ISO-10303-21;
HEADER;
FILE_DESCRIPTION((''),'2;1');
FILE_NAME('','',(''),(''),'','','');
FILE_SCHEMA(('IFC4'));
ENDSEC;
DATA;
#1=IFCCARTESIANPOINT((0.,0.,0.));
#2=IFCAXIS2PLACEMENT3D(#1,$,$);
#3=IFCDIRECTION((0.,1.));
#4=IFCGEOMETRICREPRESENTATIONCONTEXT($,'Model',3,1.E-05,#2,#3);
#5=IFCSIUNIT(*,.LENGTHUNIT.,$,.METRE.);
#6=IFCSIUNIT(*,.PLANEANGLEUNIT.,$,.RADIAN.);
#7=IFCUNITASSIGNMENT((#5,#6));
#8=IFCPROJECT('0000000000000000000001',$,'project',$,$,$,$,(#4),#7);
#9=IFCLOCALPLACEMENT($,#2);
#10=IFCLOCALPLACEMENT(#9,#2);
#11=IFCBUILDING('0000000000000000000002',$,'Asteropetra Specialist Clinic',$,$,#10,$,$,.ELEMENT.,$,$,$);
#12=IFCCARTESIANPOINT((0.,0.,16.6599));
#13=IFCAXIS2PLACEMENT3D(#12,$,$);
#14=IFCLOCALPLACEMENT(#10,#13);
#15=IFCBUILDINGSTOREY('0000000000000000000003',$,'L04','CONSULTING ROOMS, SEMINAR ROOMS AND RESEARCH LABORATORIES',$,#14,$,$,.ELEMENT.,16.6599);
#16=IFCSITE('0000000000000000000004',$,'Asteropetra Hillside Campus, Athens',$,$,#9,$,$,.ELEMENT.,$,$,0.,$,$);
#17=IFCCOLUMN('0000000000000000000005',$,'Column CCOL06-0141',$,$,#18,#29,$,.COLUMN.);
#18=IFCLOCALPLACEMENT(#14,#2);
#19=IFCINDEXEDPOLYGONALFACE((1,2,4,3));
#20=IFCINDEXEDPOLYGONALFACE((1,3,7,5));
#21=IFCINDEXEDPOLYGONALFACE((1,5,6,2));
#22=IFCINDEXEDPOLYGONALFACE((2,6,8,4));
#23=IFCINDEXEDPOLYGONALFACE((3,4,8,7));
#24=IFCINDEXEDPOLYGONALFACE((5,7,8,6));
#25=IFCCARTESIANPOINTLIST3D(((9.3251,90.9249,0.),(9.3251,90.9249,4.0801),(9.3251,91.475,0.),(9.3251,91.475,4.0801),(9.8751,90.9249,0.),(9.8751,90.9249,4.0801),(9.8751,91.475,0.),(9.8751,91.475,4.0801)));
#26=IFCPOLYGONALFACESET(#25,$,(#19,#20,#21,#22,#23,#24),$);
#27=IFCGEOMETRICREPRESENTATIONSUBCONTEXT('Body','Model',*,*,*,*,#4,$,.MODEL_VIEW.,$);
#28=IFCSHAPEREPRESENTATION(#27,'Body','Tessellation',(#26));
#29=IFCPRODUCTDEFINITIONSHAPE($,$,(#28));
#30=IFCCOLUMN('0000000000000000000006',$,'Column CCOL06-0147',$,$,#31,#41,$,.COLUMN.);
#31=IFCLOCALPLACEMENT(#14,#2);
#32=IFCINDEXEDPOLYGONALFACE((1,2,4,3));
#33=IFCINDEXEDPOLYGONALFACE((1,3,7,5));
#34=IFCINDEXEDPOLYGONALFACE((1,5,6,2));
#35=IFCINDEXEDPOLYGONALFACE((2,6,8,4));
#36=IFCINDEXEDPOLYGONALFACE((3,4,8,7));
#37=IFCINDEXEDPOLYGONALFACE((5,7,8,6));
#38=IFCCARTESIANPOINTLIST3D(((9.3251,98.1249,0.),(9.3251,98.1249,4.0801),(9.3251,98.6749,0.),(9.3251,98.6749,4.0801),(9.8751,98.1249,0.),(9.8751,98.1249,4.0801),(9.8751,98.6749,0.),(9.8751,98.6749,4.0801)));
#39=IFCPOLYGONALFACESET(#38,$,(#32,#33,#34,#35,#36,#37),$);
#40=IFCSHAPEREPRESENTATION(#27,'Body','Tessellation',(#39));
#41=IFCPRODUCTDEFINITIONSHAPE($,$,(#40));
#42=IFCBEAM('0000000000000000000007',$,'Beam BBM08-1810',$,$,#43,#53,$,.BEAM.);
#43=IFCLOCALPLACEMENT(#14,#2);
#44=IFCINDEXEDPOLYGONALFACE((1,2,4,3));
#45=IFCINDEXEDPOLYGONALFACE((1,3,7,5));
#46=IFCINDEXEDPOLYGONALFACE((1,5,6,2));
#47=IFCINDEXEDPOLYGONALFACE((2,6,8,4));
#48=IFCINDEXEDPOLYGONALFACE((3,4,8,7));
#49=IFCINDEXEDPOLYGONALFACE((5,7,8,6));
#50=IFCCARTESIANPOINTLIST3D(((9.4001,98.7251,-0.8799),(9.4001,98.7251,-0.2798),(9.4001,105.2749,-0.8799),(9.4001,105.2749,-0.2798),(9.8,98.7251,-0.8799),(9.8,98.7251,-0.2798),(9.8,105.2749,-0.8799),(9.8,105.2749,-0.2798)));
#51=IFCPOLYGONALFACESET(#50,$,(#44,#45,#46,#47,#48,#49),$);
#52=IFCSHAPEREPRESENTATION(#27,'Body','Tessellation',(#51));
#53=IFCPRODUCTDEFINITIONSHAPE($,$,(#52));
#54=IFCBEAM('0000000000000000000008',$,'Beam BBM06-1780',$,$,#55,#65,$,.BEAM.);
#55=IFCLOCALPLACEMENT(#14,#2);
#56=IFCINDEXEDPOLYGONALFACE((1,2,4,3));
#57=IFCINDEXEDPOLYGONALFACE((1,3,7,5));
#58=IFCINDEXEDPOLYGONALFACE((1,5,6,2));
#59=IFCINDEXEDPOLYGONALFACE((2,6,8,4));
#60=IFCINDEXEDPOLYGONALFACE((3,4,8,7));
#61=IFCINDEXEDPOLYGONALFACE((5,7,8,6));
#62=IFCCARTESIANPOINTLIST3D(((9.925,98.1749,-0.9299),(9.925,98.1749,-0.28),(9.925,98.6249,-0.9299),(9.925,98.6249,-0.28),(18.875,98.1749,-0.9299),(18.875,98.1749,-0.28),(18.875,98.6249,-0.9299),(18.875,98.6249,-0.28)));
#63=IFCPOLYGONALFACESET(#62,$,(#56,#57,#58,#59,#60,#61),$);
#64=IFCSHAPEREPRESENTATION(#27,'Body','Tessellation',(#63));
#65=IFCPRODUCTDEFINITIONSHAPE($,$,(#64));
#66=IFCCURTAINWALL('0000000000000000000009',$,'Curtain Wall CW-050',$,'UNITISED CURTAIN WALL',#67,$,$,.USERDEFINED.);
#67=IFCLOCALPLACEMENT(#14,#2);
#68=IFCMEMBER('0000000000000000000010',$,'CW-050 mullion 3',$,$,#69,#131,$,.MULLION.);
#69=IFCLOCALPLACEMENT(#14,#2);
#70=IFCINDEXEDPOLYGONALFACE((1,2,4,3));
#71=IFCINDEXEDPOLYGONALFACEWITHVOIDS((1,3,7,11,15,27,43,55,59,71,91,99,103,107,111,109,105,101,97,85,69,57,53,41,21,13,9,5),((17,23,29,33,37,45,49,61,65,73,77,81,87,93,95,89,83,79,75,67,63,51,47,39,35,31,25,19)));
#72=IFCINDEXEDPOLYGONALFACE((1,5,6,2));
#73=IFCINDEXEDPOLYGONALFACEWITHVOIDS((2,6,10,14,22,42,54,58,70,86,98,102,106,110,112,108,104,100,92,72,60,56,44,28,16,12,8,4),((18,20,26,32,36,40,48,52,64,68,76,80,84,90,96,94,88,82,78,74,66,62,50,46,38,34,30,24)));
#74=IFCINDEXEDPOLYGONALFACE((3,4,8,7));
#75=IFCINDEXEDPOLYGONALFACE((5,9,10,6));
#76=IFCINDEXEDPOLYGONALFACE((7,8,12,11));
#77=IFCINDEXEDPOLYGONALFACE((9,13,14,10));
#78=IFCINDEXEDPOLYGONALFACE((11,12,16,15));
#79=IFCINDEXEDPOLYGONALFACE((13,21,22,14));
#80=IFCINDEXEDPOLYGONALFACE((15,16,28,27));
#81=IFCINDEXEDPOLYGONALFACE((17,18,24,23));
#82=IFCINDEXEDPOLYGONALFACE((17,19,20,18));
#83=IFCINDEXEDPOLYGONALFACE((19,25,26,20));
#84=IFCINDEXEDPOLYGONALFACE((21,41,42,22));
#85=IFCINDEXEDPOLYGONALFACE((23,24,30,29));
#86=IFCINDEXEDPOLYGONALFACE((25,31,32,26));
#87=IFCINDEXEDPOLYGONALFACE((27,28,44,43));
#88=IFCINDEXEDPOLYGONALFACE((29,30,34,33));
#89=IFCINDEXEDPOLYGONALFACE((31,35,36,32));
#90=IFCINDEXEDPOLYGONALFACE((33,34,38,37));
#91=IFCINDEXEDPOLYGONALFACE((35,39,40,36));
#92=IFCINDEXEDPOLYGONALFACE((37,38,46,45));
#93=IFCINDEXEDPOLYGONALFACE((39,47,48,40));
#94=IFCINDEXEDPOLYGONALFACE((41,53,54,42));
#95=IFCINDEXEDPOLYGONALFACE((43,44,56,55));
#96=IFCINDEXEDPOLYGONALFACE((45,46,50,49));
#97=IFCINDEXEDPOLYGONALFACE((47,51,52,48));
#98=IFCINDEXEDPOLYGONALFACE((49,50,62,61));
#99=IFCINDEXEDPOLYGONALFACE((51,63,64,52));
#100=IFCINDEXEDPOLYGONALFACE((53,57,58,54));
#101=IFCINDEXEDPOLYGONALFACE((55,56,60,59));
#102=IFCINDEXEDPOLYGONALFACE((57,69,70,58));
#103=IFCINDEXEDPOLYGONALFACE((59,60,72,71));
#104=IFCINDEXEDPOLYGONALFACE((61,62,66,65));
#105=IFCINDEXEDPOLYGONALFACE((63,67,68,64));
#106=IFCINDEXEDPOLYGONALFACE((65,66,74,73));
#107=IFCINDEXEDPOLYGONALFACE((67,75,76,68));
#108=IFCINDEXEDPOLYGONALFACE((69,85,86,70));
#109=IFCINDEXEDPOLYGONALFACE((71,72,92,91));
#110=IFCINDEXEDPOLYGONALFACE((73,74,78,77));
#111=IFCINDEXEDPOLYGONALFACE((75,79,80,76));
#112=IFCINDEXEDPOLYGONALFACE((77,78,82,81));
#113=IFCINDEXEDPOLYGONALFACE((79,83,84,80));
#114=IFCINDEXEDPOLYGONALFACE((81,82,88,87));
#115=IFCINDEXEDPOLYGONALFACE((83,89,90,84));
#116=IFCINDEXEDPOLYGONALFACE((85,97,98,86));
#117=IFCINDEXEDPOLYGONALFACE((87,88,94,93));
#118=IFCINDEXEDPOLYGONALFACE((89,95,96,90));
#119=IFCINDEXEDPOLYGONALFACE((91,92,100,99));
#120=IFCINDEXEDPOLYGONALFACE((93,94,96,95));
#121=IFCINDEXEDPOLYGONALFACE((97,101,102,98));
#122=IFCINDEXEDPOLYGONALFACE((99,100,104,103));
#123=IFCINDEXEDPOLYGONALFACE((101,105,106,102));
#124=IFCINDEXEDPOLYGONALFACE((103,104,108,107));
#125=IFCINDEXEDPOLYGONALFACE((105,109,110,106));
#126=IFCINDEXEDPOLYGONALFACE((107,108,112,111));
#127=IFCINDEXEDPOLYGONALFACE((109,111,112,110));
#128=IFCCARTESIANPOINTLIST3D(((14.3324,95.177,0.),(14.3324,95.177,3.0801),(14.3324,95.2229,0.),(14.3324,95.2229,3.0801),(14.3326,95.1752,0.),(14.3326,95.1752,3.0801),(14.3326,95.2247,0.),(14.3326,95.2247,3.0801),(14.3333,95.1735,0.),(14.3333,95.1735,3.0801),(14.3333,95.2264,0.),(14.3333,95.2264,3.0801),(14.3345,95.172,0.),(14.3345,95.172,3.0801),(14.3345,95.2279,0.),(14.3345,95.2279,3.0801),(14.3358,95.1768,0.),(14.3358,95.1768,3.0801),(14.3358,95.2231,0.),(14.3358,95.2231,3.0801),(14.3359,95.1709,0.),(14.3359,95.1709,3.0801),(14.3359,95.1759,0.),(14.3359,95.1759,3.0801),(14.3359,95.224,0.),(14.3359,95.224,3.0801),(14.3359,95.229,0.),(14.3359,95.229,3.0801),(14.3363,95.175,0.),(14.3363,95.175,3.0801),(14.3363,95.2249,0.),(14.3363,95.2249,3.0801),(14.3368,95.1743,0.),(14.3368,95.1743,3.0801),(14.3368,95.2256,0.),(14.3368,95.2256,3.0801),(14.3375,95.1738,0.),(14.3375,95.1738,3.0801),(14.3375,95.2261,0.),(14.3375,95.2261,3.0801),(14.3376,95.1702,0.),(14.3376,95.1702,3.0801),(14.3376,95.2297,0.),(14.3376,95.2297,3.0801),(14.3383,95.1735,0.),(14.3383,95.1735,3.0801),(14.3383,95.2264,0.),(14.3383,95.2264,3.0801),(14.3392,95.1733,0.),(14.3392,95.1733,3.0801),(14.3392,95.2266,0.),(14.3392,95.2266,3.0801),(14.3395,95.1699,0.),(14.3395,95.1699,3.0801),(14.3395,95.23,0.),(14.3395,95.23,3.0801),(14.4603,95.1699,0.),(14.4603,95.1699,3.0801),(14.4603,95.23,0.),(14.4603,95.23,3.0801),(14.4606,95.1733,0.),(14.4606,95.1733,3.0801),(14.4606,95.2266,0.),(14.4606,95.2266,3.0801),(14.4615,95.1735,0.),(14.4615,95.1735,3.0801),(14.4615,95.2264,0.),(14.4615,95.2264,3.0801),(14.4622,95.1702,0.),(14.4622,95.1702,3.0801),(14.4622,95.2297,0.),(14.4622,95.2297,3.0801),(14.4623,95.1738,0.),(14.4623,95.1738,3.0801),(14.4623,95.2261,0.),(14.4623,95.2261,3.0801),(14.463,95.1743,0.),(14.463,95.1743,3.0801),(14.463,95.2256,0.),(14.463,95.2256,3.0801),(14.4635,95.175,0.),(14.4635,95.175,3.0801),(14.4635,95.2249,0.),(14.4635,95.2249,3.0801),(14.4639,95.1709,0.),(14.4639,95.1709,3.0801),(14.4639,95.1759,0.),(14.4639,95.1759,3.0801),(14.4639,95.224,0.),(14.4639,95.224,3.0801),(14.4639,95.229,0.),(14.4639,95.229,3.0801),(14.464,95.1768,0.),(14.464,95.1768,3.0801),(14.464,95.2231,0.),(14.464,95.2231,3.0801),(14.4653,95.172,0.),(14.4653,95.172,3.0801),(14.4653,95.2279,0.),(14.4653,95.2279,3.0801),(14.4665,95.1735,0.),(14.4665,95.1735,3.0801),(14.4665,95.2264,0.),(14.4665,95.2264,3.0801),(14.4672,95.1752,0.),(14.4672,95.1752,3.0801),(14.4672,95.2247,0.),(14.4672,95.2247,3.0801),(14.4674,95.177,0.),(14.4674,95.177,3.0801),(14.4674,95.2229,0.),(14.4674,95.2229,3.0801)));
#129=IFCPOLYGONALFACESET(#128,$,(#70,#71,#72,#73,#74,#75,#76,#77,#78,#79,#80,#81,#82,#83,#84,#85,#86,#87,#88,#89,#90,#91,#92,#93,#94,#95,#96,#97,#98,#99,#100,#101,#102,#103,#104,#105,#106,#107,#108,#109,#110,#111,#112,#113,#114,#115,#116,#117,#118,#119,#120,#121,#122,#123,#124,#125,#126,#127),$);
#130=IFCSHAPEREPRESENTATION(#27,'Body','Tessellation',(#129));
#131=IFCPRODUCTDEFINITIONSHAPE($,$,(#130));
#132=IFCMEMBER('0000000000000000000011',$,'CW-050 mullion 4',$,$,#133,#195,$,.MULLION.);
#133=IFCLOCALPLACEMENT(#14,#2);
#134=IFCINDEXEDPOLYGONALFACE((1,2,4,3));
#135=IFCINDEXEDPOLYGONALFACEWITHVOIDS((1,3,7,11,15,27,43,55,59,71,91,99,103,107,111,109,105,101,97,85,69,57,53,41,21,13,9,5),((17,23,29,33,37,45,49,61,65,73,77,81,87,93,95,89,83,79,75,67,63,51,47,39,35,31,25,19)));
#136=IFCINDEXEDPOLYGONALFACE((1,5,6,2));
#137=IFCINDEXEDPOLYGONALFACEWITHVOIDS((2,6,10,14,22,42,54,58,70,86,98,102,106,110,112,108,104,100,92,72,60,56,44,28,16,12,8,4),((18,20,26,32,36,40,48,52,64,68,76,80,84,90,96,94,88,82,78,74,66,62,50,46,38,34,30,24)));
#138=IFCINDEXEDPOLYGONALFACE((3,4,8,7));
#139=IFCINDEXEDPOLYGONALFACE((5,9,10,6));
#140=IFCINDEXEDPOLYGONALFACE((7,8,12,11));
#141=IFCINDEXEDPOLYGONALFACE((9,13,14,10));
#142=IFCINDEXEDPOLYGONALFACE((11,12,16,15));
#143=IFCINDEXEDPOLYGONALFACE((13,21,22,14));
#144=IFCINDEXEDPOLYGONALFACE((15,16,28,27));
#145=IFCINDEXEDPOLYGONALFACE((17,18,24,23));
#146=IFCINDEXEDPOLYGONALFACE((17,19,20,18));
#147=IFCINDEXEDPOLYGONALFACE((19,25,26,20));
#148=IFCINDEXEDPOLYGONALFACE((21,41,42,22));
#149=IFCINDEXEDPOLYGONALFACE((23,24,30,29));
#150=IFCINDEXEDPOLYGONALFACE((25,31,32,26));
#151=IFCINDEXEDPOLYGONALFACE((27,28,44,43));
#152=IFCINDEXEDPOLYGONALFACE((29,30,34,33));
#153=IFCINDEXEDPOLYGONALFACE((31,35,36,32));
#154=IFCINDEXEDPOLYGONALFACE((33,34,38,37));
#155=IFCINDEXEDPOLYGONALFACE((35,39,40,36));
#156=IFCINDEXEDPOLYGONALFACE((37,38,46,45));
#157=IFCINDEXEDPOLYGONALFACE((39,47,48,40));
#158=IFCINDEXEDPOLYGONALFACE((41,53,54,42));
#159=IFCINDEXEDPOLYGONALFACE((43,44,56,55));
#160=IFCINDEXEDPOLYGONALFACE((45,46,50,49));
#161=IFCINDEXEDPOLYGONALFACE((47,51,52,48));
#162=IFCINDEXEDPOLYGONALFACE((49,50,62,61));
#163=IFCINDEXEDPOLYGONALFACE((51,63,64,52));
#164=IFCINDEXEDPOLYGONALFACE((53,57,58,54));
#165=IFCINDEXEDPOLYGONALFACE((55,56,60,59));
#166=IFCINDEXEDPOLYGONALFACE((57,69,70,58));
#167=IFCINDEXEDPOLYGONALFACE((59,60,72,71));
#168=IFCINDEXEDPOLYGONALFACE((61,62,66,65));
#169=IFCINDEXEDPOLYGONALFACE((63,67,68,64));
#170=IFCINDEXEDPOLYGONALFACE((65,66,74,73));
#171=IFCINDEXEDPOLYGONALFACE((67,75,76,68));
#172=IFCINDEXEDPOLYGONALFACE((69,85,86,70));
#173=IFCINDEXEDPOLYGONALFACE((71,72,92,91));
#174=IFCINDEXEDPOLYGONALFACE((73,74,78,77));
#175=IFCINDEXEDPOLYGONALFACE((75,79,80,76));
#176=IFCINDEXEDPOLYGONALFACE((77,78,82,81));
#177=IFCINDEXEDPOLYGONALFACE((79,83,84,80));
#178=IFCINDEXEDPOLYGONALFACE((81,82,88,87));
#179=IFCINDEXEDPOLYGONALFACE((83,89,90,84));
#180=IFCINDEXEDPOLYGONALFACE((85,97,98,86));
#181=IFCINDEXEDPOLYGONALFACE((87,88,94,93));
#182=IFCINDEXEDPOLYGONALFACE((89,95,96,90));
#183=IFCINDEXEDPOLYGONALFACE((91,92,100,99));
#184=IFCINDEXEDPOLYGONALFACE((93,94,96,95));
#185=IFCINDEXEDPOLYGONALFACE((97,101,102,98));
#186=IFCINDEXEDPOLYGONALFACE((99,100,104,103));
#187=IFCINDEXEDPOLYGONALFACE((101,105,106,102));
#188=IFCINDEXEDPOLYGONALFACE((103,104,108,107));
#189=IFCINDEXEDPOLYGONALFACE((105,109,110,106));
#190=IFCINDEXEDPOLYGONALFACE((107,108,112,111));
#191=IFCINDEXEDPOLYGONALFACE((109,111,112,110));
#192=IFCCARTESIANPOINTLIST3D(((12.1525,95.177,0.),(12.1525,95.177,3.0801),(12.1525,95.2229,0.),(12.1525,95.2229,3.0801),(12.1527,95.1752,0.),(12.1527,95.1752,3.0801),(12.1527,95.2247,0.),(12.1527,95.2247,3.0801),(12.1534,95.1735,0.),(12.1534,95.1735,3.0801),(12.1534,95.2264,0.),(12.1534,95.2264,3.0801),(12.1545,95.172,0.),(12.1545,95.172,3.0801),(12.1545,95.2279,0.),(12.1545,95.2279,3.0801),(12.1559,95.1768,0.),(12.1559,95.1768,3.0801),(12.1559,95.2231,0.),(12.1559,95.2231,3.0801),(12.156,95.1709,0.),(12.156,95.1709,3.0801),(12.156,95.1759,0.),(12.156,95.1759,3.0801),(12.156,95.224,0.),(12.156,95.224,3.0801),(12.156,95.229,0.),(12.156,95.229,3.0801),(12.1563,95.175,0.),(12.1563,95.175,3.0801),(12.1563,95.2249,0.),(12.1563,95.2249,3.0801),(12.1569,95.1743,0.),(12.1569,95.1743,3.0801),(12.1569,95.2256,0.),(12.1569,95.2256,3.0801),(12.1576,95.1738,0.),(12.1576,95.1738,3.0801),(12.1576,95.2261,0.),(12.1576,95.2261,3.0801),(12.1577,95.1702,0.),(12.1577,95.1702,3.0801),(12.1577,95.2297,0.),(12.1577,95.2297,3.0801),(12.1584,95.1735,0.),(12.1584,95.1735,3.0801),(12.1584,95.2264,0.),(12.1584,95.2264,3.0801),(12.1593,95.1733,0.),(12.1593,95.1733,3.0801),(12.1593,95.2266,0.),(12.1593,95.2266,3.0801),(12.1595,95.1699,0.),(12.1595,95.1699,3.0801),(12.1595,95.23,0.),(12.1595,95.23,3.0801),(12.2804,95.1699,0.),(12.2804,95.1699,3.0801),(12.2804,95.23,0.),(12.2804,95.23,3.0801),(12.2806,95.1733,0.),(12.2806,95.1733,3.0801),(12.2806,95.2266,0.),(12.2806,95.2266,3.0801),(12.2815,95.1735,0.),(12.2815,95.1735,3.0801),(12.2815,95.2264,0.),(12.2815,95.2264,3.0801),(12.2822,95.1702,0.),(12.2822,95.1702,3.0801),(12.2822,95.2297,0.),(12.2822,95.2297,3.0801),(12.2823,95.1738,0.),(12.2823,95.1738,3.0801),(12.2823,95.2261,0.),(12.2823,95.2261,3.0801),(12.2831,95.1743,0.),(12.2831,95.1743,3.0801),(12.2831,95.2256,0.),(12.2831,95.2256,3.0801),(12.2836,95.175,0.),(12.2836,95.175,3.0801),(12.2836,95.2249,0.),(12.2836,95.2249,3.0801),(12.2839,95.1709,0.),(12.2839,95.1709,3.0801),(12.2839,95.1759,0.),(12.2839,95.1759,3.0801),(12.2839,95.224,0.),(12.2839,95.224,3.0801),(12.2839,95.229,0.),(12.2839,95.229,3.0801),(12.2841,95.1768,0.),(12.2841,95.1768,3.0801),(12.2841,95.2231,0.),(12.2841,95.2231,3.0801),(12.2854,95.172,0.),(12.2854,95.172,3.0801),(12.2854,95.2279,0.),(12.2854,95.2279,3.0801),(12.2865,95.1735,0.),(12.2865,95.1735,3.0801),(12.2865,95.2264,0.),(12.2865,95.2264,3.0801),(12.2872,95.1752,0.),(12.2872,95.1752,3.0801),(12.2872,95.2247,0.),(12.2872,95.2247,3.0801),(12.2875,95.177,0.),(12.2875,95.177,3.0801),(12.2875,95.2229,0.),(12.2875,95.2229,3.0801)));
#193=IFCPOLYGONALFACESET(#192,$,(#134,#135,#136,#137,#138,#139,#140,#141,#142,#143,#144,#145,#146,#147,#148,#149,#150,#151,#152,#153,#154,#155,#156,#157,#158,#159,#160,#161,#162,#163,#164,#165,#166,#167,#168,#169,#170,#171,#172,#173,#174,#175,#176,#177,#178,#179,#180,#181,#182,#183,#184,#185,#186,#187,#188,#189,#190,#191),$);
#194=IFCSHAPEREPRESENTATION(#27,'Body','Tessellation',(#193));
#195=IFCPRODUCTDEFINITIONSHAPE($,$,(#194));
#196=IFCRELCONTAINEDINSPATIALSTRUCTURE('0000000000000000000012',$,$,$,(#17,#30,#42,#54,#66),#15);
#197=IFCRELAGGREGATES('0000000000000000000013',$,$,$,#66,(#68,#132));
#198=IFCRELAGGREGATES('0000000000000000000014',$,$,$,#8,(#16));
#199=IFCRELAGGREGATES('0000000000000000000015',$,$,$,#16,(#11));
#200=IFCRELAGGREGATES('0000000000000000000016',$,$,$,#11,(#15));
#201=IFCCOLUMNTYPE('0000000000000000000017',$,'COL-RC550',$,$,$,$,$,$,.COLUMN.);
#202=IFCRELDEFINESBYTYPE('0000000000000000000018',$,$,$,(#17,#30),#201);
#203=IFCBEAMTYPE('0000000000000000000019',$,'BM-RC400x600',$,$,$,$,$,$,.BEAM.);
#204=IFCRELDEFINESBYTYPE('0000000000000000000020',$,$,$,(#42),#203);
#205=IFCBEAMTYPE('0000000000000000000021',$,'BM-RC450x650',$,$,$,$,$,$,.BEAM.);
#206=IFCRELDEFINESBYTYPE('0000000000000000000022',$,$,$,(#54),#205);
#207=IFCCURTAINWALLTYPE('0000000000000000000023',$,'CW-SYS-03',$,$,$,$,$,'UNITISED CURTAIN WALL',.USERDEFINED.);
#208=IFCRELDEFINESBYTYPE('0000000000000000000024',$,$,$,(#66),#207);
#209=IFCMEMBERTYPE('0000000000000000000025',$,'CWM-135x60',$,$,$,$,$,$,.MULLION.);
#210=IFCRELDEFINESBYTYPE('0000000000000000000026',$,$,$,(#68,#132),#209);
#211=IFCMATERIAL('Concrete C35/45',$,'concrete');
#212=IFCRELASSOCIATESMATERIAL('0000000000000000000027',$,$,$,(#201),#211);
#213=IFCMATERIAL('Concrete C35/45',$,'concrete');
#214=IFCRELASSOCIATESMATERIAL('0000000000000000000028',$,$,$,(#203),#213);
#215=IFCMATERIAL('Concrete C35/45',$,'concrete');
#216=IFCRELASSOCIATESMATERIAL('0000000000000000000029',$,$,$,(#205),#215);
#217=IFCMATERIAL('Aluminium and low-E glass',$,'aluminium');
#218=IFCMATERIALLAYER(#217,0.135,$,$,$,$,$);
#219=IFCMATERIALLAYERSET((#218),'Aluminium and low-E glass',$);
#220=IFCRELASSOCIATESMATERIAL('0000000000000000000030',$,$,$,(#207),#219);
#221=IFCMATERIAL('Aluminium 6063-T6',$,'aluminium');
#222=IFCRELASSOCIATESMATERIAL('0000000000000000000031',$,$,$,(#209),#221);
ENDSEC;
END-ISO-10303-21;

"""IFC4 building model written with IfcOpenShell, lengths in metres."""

from ifc_helpers import new_model, si_unit, direction, frame, origin, origin_2d, place, context, subcontext, project, spatial, rectangle, hollow_rectangle, extrude, material, layer, layer_set, material_profile, profile_set, type_object, element, aggregate, save


model = new_model("IFC4")

# Units and contexts
model_context = context("Model", 3, precision=1e-05, world=origin(), true_north=direction((0.0, 1.0)))
body_context = subcontext(model_context, "Body", "Model", "MODEL_VIEW")
ifc_project = project(units=[si_unit("LENGTHUNIT", "METRE"), si_unit("PLANEANGLEUNIT", "RADIAN")], contexts=[model_context])

# Site, building, storey
site_placement = place(None, origin())
site = spatial("IfcSite", under=ifc_project, at=site_placement, Name="Asteropetra Hillside Campus, Athens", CompositionType="ELEMENT", RefElevation=0.0)
building_placement = place(site_placement, origin())
building = spatial("IfcBuilding", under=site, at=building_placement, Name="Asteropetra Specialist Clinic", CompositionType="ELEMENT")
storey_placement = place(building_placement, frame((0.0, 0.0, 16.6599)))
storey = spatial("IfcBuildingStorey", under=building, at=storey_placement, Name="L04", Description="CONSULTING ROOMS, SEMINAR ROOMS AND RESEARCH LABORATORIES", CompositionType="ELEMENT", Elevation=16.6599)

# Columns
ifc_material_1 = material(Name="Concrete C35/45", Category="concrete")
ifc_material_profile_1 = material_profile(ifc_material_1, rectangle(XDim=0.55, YDim=0.55, at=origin_2d()), Name="RC 550x550")
ifc_profile_set_1 = profile_set([ifc_material_profile_1], Name="Concrete C35/45")
column_type = type_object("IfcColumnType", Name="COL-RC550", PredefinedType="COLUMN", material=ifc_profile_set_1)
for number, where, z_axis, x_axis, name in (
    (1, (9.6001, 91.2, 0.0), (0.0, 0.0, 1.0), (1.0, 0.0, 0.0), "Column CCOL06-0141"),
    (2, (9.6001, 98.3999, 0.0), (0.0, 0.0, 1.0), (1.0, 0.0, 0.0), "Column CCOL06-0147"),
):
    element("IfcColumn", number, at=place(storey_placement, frame(where, z_axis=z_axis, x_axis=x_axis)), inside=storey, type_object=column_type, Name=name, PredefinedType="COLUMN", context=body_context, shape_type="SweptSolid", body=[
        extrude(rectangle(XDim=0.55, YDim=0.55, at=origin_2d()), origin(), (0.0, 0.0, 1.0), 4.0801),
    ])

# Beams
ifc_material_2 = material(Name="Concrete C35/45", Category="concrete")
ifc_material_profile_2 = material_profile(ifc_material_2, rectangle(XDim=0.3999, YDim=0.6001, at=origin_2d()), Name="RCB 400x600")
ifc_profile_set_2 = profile_set([ifc_material_profile_2], Name="Concrete C35/45")
beam_type_1 = type_object("IfcBeamType", Name="BM-RC400x600", PredefinedType="BEAM", material=ifc_profile_set_2)
beam_1_placement = place(storey_placement, frame((9.6001, 98.7251, -0.5798), z_axis=(0.0, 1.0, 0.0), x_axis=(-1.0, 0.0, 0.0)))
element("IfcBeam", 3, at=beam_1_placement, inside=storey, type_object=beam_type_1, Name="Beam BBM08-1810", PredefinedType="BEAM", context=body_context, shape_type="SweptSolid", body=[
    extrude(rectangle(XDim=0.3999, YDim=0.6001, at=origin_2d()), origin(), (0.0, 0.0, 1.0), 6.5498),
])
ifc_material_3 = material(Name="Concrete C35/45", Category="concrete")
ifc_material_profile_3 = material_profile(ifc_material_3, rectangle(XDim=0.45, YDim=0.6499, at=origin_2d()), Name="RCB 450x650")
ifc_profile_set_3 = profile_set([ifc_material_profile_3], Name="Concrete C35/45")
beam_type_2 = type_object("IfcBeamType", Name="BM-RC450x650", PredefinedType="BEAM", material=ifc_profile_set_3)
beam_2_placement = place(storey_placement, frame((9.925, 98.3999, -0.605), z_axis=(1.0, 0.0, 0.0), x_axis=(0.0, 1.0, 0.0)))
element("IfcBeam", 4, at=beam_2_placement, inside=storey, type_object=beam_type_2, Name="Beam BBM06-1780", PredefinedType="BEAM", context=body_context, shape_type="SweptSolid", body=[
    extrude(rectangle(XDim=0.45, YDim=0.6499, at=origin_2d()), origin(), (0.0, 0.0, 1.0), 8.95),
])

# Curtain wall, members
ifc_material_4 = material(Name="Aluminium and low-E glass", Category="aluminium")
ifc_layer_1 = layer(ifc_material_4, 0.135)
ifc_layer_set_1 = layer_set([ifc_layer_1], Name="Aluminium and low-E glass")
curtain_wall_type_1 = type_object("IfcCurtainWallType", Name="CW-SYS-03", ElementType="UNITISED CURTAIN WALL", PredefinedType="USERDEFINED", material=ifc_layer_set_1)
curtain_wall_1_placement = place(storey_placement, origin())
curtain_wall_1 = element("IfcCurtainWall", 5, at=curtain_wall_1_placement, inside=storey, type_object=curtain_wall_type_1, Name="Curtain Wall CW-050", ObjectType="UNITISED CURTAIN WALL", PredefinedType="USERDEFINED")
ifc_material_5 = material(Name="Aluminium 6063-T6", Category="aluminium")
ifc_material_profile_4 = material_profile(ifc_material_5, hollow_rectangle(XDim=0.0601, YDim=0.135, WallThickness=0.0034, InnerFilletRadius=0.0034, OuterFilletRadius=0.0071, at=origin_2d()), Name="MUL 135x60x3.5")
ifc_profile_set_4 = profile_set([ifc_material_profile_4], Name="Aluminium 6063-T6")
member_type_1 = type_object("IfcMemberType", Name="CWM-135x60", PredefinedType="MULLION", material=ifc_profile_set_4)
member_1_placement = place(storey_placement, frame((14.3999, 95.2, 0.0), z_axis=(0.0, 0.0, 1.0), x_axis=(0.0, -1.0, 0.0)))
member_1 = element("IfcMember", 6, at=member_1_placement, type_object=member_type_1, Name="CW-050 mullion 3", PredefinedType="MULLION", context=body_context, shape_type="SweptSolid", body=[
    extrude(hollow_rectangle(XDim=0.0601, YDim=0.135, WallThickness=0.0034, InnerFilletRadius=0.0034, OuterFilletRadius=0.0071, at=origin_2d()), origin(), (0.0, 0.0, 1.0), 3.0801),
])
member_2_placement = place(storey_placement, frame((12.22, 95.2, 0.0), z_axis=(0.0, 0.0, 1.0), x_axis=(0.0, -1.0, 0.0)))
member_2 = element("IfcMember", 7, at=member_2_placement, type_object=member_type_1, Name="CW-050 mullion 4", PredefinedType="MULLION", context=body_context, shape_type="SweptSolid", body=[
    extrude(hollow_rectangle(XDim=0.0601, YDim=0.135, WallThickness=0.0034, InnerFilletRadius=0.0034, OuterFilletRadius=0.0071, at=origin_2d()), origin(), (0.0, 0.0, 1.0), 3.0801),
])

aggregate(curtain_wall_1, [member_1, member_2])

save(model, "model.ifc")
